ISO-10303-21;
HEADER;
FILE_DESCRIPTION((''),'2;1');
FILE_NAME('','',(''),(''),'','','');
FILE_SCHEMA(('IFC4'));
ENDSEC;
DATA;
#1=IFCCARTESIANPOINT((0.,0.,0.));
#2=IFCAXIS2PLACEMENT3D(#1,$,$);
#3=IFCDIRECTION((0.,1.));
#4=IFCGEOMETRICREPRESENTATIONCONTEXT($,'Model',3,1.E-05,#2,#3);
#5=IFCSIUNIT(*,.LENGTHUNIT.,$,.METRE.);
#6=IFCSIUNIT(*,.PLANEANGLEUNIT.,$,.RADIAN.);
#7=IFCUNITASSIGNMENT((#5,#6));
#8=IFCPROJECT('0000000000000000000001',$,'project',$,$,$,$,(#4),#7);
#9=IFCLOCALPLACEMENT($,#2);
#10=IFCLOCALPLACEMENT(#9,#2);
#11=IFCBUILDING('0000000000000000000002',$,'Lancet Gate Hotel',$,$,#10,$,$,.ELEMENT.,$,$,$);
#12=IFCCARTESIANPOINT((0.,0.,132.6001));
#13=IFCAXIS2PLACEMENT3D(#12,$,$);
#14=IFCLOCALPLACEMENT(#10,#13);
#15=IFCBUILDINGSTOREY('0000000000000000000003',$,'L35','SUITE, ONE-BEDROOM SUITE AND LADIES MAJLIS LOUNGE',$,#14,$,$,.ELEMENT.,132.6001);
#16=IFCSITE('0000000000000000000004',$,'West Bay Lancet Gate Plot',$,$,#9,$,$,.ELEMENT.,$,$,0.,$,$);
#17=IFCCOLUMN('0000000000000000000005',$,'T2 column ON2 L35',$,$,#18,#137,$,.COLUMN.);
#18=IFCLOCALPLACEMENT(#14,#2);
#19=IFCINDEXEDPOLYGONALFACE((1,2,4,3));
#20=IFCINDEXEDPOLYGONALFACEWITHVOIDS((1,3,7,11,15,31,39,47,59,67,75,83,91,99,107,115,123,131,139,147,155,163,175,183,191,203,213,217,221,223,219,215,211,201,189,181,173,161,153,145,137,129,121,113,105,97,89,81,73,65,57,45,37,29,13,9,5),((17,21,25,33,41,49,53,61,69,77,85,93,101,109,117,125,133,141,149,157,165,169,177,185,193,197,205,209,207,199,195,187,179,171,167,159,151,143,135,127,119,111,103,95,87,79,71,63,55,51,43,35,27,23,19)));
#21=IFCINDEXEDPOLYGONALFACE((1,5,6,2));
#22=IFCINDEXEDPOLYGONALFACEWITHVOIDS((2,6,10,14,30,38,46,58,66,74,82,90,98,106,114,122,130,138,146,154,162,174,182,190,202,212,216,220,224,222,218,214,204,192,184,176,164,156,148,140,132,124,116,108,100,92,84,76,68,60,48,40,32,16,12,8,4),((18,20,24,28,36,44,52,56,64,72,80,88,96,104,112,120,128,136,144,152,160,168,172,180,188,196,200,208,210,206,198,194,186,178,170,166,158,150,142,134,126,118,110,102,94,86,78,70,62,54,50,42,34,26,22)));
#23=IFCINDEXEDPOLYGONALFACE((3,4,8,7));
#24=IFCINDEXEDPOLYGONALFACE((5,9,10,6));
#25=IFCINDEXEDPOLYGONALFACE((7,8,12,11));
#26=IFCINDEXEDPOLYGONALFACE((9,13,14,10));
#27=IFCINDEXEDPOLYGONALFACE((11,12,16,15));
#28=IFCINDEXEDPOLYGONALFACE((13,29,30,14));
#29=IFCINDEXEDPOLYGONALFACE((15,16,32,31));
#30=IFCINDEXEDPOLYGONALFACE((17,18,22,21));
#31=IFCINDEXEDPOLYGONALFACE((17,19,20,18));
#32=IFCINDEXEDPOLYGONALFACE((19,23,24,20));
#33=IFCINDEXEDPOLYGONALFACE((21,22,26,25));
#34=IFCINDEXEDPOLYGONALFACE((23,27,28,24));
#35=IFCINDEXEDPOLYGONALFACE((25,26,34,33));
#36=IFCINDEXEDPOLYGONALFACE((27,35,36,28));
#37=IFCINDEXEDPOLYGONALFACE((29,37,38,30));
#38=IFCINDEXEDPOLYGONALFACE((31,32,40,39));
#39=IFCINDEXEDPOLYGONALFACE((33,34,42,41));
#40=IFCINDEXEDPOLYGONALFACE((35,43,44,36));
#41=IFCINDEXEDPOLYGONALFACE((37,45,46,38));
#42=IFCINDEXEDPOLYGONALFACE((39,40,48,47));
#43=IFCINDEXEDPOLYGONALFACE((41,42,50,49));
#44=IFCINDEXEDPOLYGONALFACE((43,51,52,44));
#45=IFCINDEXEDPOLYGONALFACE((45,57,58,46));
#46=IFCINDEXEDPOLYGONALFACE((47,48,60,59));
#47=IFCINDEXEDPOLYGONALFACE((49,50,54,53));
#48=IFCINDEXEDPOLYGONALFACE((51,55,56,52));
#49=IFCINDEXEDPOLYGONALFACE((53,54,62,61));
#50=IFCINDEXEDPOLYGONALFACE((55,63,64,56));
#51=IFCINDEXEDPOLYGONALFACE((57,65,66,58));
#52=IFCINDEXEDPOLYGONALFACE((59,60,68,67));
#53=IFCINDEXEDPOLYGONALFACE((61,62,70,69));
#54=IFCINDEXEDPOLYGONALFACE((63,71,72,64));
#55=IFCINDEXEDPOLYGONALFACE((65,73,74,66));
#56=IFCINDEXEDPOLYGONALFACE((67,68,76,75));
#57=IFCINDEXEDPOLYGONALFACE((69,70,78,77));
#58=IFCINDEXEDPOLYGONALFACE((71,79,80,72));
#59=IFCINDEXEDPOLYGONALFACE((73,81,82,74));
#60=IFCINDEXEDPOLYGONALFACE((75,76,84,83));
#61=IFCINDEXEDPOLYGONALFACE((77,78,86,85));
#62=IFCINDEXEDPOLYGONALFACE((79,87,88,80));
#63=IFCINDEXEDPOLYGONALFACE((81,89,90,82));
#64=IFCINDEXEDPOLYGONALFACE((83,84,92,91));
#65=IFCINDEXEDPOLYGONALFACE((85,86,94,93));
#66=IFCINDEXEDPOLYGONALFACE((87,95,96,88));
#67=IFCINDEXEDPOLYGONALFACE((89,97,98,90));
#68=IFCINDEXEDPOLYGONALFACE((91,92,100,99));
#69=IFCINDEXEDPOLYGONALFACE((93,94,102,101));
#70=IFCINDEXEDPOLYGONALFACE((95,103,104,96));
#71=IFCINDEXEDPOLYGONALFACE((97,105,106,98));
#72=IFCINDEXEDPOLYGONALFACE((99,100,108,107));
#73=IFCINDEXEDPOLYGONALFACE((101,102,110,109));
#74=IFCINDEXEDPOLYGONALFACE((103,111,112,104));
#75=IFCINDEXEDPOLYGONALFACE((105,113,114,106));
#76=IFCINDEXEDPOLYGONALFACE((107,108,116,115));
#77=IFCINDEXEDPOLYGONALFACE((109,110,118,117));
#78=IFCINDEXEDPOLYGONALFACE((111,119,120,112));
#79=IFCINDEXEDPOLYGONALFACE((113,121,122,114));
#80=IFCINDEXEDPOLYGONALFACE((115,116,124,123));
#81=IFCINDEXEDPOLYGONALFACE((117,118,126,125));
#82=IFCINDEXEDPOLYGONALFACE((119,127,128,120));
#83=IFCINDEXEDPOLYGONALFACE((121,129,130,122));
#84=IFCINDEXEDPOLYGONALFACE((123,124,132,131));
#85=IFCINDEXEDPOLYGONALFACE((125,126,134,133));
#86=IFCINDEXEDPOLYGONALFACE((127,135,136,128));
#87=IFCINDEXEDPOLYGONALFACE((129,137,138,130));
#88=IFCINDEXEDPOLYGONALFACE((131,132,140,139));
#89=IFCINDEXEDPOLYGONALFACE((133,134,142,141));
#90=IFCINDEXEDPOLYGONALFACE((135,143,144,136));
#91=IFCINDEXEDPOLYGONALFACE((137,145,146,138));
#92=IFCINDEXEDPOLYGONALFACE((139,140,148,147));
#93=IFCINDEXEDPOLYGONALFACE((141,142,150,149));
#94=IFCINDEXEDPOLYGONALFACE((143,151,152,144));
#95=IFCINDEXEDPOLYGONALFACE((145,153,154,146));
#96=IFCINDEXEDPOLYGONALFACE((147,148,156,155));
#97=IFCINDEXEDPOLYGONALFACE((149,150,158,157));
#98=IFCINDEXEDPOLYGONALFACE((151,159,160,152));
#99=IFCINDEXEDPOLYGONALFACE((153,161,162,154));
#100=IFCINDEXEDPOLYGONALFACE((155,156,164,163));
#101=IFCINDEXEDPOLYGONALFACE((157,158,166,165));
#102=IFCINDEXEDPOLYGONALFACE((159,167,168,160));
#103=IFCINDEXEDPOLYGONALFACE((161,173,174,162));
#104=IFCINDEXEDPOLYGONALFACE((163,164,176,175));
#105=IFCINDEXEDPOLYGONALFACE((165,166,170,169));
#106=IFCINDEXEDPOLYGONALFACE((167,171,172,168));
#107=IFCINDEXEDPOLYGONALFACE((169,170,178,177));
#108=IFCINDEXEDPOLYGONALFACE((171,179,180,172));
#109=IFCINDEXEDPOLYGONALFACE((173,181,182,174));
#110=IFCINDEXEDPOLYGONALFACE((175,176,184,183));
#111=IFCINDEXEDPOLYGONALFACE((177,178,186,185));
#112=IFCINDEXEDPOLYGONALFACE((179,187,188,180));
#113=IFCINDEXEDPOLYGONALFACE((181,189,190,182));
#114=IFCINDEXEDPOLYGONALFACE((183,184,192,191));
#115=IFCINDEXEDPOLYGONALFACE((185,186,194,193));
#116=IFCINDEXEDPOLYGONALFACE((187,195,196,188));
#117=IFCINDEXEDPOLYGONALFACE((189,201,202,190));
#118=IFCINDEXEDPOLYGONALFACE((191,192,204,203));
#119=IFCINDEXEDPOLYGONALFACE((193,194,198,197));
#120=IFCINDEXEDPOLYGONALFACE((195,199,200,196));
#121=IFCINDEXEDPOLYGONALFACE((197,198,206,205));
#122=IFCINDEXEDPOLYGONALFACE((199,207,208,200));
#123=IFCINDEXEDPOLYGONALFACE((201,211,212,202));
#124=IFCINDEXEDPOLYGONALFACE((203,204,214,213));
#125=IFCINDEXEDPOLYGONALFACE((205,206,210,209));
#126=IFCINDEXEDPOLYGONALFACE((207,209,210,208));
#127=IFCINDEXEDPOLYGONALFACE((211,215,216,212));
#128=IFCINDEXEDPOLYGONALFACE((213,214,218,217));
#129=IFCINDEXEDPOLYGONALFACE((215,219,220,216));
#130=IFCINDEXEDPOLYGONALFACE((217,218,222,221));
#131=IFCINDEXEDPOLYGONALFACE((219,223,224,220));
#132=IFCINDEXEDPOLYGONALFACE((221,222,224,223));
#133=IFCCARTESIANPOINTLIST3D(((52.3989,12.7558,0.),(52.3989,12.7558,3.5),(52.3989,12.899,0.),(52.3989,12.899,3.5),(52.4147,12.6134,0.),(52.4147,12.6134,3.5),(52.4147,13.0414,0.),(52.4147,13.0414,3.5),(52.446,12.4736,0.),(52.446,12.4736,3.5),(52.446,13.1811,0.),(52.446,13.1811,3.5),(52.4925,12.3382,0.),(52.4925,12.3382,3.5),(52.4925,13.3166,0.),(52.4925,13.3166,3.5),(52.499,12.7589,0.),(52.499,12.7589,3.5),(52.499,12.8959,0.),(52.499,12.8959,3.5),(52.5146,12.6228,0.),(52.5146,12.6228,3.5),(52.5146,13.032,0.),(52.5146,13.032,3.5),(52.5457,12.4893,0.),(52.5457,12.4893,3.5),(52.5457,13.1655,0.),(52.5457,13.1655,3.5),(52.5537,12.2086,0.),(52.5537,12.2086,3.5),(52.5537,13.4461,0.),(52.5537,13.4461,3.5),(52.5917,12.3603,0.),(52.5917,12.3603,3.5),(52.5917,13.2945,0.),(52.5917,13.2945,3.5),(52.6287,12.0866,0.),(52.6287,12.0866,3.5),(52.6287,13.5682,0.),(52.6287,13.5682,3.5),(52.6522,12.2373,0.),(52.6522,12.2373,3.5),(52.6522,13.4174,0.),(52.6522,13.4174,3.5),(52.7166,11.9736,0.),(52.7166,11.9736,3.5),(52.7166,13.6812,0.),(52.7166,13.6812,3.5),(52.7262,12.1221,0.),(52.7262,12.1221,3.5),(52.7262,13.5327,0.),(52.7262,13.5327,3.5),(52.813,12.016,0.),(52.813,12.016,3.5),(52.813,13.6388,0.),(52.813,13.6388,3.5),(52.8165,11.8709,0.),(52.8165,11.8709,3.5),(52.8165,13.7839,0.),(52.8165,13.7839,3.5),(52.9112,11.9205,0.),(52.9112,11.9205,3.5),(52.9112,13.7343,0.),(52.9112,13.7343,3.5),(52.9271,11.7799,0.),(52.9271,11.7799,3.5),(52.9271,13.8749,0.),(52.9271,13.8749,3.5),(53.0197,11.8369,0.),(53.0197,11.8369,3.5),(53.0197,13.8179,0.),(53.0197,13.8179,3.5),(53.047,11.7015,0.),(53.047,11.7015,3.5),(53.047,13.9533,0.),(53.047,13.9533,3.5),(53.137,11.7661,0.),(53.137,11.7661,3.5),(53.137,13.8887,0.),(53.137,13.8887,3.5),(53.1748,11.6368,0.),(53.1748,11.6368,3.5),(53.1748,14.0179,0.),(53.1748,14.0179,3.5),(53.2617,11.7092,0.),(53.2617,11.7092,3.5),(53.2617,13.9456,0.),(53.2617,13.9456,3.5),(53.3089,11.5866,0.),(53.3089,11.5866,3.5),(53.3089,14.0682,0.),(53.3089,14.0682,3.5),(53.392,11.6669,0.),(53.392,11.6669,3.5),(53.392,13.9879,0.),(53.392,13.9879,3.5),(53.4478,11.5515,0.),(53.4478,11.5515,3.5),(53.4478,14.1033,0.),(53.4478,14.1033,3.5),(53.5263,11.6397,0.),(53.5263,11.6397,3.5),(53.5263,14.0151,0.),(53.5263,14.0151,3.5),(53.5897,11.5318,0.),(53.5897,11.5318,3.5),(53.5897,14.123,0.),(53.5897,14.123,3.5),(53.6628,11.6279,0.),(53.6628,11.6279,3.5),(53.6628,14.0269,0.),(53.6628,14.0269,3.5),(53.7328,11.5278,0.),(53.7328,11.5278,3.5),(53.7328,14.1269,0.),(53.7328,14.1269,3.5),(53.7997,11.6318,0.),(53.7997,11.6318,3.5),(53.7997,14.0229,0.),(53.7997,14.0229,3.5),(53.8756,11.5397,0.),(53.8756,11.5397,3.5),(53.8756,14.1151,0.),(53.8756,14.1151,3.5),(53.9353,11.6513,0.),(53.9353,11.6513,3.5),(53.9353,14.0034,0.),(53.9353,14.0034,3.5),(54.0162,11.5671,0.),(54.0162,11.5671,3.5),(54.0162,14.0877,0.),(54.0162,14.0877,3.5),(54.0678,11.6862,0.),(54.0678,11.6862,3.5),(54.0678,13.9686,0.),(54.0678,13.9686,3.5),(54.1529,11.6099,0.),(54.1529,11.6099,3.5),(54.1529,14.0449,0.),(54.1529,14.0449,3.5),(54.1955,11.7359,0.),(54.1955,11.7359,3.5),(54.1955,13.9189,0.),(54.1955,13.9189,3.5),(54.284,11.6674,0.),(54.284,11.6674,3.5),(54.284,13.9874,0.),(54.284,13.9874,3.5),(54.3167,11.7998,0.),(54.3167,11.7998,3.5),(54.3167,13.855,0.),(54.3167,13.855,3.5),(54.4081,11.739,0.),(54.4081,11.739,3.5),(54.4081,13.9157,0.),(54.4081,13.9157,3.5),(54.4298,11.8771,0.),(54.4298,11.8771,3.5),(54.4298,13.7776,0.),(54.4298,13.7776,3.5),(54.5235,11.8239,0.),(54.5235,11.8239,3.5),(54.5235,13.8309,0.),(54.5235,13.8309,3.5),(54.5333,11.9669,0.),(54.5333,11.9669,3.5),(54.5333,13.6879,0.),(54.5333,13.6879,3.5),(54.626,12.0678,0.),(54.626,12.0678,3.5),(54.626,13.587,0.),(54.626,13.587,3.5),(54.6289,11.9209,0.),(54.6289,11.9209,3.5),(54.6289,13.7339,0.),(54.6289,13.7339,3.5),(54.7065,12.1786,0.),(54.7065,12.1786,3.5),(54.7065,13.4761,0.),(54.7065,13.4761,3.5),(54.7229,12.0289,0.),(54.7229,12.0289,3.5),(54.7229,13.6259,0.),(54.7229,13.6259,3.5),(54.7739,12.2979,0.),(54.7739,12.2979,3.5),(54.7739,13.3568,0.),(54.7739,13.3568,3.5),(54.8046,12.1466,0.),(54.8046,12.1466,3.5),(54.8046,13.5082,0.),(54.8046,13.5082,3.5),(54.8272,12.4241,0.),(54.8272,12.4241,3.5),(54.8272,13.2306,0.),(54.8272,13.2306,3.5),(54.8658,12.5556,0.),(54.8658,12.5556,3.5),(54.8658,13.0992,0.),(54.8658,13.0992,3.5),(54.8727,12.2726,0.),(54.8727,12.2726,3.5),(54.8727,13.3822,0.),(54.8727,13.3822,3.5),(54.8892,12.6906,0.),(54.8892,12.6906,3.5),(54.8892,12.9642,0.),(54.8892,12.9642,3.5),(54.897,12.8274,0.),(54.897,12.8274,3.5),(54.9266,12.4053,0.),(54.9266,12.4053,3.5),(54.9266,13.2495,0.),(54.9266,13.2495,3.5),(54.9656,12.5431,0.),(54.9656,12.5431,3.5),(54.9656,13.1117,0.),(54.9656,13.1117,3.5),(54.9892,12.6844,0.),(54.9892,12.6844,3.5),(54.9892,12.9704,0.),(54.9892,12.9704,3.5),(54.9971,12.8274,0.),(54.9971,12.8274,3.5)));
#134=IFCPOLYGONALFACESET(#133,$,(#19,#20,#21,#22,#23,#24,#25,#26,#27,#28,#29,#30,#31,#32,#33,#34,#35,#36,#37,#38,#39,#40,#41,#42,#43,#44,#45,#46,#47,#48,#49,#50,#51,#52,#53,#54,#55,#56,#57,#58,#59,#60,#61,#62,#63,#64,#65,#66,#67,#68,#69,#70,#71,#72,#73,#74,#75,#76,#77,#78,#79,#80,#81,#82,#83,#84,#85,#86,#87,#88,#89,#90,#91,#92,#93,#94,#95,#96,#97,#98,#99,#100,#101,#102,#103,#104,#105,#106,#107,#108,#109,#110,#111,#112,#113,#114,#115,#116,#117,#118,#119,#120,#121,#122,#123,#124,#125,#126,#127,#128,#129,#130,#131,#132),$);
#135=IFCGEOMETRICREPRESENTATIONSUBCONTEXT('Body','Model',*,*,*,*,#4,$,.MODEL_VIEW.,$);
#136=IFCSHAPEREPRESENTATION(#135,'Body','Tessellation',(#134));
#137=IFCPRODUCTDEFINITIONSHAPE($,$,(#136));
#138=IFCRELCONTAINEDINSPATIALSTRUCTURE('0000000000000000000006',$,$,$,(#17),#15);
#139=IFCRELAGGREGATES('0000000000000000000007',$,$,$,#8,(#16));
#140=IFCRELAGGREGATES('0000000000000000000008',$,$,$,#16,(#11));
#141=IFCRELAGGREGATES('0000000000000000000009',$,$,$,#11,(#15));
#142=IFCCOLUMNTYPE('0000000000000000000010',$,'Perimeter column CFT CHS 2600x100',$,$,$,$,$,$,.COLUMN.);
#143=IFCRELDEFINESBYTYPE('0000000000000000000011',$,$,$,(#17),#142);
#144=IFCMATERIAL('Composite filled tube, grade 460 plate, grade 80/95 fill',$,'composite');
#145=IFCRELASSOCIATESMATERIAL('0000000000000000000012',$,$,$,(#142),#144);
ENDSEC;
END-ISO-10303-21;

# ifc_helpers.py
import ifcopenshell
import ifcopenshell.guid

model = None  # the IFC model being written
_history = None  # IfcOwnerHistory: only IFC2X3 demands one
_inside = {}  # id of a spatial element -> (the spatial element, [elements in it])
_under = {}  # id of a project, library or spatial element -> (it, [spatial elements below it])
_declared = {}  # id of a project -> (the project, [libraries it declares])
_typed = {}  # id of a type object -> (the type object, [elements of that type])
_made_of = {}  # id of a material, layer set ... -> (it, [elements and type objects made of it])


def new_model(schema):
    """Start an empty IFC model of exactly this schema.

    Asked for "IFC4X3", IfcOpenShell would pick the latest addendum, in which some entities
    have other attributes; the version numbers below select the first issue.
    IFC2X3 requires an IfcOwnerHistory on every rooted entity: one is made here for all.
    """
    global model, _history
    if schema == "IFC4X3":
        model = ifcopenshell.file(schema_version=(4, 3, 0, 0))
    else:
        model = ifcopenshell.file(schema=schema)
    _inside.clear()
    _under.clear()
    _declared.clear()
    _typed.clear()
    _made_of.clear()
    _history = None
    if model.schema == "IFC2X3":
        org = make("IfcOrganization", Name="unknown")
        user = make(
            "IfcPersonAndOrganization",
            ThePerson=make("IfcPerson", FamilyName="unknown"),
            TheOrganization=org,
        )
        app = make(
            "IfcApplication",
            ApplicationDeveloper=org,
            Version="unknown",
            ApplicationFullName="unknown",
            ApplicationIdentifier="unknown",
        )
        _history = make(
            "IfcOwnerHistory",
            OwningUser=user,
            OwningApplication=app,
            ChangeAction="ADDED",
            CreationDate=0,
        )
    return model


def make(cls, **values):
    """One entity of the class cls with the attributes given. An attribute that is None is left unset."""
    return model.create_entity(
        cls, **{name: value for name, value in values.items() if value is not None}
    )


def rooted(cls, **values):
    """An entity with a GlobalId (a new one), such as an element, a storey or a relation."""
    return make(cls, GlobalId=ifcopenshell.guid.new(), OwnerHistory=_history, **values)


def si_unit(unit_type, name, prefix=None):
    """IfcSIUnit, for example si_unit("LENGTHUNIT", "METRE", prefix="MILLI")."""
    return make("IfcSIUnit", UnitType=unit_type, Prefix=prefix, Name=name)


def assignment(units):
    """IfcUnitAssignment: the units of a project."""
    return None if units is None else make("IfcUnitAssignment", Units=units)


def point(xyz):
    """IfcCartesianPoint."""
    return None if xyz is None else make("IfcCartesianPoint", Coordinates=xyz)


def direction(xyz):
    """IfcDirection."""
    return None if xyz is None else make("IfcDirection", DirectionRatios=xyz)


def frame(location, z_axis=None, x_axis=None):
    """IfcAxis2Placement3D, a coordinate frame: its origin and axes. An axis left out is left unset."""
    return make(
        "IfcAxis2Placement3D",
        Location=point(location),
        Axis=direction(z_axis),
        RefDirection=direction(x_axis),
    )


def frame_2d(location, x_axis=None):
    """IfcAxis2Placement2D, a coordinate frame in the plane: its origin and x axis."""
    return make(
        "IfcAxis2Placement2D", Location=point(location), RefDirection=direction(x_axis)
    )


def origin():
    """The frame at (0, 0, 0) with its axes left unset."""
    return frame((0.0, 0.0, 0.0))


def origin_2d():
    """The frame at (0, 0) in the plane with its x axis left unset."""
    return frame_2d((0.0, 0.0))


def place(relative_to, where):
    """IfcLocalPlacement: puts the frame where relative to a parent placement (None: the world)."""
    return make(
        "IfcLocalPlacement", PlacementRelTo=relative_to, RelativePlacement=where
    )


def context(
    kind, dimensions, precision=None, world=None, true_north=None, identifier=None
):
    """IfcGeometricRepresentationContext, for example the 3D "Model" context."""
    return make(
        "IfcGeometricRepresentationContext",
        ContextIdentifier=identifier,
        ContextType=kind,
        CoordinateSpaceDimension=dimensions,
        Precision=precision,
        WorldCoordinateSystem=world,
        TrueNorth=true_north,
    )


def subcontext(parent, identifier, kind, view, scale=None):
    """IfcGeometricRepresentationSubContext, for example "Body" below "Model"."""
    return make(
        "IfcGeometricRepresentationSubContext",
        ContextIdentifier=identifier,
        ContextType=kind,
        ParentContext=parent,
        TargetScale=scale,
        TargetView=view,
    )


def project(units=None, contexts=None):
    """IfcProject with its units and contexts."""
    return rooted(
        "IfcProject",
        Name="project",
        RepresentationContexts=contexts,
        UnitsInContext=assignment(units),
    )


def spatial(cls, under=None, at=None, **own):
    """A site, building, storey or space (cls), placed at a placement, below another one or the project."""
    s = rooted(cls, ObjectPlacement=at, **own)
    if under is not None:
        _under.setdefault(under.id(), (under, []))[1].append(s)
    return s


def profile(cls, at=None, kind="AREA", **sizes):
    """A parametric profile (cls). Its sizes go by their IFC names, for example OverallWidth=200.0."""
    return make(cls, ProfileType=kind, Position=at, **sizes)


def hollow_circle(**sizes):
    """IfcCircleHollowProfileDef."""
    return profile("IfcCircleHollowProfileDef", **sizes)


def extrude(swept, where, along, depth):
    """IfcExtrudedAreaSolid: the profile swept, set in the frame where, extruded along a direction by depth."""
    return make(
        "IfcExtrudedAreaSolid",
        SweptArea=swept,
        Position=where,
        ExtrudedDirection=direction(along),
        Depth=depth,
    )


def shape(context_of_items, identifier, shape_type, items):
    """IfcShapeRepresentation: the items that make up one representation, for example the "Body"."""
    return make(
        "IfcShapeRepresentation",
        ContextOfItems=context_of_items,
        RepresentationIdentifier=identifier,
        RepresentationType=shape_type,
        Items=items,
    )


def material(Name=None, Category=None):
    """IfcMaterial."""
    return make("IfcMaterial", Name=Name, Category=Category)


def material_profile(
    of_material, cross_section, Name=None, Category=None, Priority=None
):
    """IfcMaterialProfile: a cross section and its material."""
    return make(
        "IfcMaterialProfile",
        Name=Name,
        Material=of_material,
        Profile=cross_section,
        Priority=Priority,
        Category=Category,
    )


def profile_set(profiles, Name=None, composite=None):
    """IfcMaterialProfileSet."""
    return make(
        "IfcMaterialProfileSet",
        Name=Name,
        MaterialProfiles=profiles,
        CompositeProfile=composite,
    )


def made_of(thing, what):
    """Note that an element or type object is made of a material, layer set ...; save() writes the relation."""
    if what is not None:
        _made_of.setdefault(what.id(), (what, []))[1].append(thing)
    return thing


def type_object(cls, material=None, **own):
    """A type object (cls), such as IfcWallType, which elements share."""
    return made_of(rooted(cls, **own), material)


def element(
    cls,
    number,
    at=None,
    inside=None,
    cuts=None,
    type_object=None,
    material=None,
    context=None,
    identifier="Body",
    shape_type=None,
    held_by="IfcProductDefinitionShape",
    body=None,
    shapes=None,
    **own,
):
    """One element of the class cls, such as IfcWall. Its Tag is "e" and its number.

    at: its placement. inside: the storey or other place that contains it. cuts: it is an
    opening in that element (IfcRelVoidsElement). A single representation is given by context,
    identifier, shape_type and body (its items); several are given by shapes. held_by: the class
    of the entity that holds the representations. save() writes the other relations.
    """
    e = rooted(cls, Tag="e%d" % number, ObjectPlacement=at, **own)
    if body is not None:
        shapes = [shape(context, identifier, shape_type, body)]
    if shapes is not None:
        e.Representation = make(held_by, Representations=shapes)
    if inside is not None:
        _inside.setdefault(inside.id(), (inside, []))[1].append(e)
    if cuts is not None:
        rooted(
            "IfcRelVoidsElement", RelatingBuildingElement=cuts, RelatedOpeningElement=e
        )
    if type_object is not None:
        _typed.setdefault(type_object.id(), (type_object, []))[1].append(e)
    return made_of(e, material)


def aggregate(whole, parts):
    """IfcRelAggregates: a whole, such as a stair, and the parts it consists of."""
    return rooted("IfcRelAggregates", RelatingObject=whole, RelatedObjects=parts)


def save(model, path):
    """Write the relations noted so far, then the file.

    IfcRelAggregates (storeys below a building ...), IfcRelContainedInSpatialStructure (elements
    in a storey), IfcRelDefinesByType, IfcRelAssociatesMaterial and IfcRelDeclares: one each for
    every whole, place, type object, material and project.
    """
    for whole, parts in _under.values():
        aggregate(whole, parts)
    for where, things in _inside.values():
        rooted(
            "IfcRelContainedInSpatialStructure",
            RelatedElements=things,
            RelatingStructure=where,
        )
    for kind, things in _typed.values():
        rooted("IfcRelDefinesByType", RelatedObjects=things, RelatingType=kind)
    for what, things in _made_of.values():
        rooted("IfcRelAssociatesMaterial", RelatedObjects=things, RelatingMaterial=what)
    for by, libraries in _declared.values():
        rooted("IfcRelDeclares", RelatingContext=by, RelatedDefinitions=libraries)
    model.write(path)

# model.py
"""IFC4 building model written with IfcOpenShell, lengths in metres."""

from ifc_helpers import new_model, si_unit, direction, frame, origin, origin_2d, place, context, subcontext, project, spatial, hollow_circle, extrude, material, material_profile, profile_set, type_object, element, save


model = new_model("IFC4")

# Units and contexts
model_context = context("Model", 3, precision=1e-05, world=origin(), true_north=direction((0.0, 1.0)))
body_context = subcontext(model_context, "Body", "Model", "MODEL_VIEW")
ifc_project = project(units=[si_unit("LENGTHUNIT", "METRE"), si_unit("PLANEANGLEUNIT", "RADIAN")], contexts=[model_context])

# Site, building, storey
site_placement = place(None, origin())
site = spatial("IfcSite", under=ifc_project, at=site_placement, Name="West Bay Lancet Gate Plot", CompositionType="ELEMENT", RefElevation=0.0)
building_placement = place(site_placement, origin())
building = spatial("IfcBuilding", under=site, at=building_placement, Name="Lancet Gate Hotel", CompositionType="ELEMENT")
storey_placement = place(building_placement, frame((0.0, 0.0, 132.6001)))
storey = spatial("IfcBuildingStorey", under=building, at=storey_placement, Name="L35", Description="SUITE, ONE-BEDROOM SUITE AND LADIES MAJLIS LOUNGE", CompositionType="ELEMENT", Elevation=132.6001)

# Column
ifc_material_1 = material(Name="Composite filled tube, grade 460 plate, grade 80/95 fill", Category="composite")
ifc_material_profile_1 = material_profile(ifc_material_1, hollow_circle(Radius=1.3, WallThickness=0.1001, at=origin_2d()), Name="CHS 2600x100")
ifc_profile_set_1 = profile_set([ifc_material_profile_1], Name="Composite filled tube, grade 460 plate, grade 80/95 fill")
column_type = type_object("IfcColumnType", Name="Perimeter column CFT CHS 2600x100", PredefinedType="COLUMN", material=ifc_profile_set_1)
for number, where, z_axis, x_axis, name in (
    (1, (53.697, 12.8274, 0.0), (0.0, 0.0, 1.0), (1.0, 0.0, 0.0), "T2 column ON2 L35"),
):
    element("IfcColumn", number, at=place(storey_placement, frame(where, z_axis=z_axis, x_axis=x_axis)), inside=storey, type_object=column_type, Name=name, PredefinedType="COLUMN", context=body_context, shape_type="SweptSolid", body=[
        extrude(hollow_circle(Radius=1.3, WallThickness=0.1001, at=origin_2d()), origin(), (0.0, 0.0, 1.0), 3.5),
    ])

save(model, "model.ifc")
